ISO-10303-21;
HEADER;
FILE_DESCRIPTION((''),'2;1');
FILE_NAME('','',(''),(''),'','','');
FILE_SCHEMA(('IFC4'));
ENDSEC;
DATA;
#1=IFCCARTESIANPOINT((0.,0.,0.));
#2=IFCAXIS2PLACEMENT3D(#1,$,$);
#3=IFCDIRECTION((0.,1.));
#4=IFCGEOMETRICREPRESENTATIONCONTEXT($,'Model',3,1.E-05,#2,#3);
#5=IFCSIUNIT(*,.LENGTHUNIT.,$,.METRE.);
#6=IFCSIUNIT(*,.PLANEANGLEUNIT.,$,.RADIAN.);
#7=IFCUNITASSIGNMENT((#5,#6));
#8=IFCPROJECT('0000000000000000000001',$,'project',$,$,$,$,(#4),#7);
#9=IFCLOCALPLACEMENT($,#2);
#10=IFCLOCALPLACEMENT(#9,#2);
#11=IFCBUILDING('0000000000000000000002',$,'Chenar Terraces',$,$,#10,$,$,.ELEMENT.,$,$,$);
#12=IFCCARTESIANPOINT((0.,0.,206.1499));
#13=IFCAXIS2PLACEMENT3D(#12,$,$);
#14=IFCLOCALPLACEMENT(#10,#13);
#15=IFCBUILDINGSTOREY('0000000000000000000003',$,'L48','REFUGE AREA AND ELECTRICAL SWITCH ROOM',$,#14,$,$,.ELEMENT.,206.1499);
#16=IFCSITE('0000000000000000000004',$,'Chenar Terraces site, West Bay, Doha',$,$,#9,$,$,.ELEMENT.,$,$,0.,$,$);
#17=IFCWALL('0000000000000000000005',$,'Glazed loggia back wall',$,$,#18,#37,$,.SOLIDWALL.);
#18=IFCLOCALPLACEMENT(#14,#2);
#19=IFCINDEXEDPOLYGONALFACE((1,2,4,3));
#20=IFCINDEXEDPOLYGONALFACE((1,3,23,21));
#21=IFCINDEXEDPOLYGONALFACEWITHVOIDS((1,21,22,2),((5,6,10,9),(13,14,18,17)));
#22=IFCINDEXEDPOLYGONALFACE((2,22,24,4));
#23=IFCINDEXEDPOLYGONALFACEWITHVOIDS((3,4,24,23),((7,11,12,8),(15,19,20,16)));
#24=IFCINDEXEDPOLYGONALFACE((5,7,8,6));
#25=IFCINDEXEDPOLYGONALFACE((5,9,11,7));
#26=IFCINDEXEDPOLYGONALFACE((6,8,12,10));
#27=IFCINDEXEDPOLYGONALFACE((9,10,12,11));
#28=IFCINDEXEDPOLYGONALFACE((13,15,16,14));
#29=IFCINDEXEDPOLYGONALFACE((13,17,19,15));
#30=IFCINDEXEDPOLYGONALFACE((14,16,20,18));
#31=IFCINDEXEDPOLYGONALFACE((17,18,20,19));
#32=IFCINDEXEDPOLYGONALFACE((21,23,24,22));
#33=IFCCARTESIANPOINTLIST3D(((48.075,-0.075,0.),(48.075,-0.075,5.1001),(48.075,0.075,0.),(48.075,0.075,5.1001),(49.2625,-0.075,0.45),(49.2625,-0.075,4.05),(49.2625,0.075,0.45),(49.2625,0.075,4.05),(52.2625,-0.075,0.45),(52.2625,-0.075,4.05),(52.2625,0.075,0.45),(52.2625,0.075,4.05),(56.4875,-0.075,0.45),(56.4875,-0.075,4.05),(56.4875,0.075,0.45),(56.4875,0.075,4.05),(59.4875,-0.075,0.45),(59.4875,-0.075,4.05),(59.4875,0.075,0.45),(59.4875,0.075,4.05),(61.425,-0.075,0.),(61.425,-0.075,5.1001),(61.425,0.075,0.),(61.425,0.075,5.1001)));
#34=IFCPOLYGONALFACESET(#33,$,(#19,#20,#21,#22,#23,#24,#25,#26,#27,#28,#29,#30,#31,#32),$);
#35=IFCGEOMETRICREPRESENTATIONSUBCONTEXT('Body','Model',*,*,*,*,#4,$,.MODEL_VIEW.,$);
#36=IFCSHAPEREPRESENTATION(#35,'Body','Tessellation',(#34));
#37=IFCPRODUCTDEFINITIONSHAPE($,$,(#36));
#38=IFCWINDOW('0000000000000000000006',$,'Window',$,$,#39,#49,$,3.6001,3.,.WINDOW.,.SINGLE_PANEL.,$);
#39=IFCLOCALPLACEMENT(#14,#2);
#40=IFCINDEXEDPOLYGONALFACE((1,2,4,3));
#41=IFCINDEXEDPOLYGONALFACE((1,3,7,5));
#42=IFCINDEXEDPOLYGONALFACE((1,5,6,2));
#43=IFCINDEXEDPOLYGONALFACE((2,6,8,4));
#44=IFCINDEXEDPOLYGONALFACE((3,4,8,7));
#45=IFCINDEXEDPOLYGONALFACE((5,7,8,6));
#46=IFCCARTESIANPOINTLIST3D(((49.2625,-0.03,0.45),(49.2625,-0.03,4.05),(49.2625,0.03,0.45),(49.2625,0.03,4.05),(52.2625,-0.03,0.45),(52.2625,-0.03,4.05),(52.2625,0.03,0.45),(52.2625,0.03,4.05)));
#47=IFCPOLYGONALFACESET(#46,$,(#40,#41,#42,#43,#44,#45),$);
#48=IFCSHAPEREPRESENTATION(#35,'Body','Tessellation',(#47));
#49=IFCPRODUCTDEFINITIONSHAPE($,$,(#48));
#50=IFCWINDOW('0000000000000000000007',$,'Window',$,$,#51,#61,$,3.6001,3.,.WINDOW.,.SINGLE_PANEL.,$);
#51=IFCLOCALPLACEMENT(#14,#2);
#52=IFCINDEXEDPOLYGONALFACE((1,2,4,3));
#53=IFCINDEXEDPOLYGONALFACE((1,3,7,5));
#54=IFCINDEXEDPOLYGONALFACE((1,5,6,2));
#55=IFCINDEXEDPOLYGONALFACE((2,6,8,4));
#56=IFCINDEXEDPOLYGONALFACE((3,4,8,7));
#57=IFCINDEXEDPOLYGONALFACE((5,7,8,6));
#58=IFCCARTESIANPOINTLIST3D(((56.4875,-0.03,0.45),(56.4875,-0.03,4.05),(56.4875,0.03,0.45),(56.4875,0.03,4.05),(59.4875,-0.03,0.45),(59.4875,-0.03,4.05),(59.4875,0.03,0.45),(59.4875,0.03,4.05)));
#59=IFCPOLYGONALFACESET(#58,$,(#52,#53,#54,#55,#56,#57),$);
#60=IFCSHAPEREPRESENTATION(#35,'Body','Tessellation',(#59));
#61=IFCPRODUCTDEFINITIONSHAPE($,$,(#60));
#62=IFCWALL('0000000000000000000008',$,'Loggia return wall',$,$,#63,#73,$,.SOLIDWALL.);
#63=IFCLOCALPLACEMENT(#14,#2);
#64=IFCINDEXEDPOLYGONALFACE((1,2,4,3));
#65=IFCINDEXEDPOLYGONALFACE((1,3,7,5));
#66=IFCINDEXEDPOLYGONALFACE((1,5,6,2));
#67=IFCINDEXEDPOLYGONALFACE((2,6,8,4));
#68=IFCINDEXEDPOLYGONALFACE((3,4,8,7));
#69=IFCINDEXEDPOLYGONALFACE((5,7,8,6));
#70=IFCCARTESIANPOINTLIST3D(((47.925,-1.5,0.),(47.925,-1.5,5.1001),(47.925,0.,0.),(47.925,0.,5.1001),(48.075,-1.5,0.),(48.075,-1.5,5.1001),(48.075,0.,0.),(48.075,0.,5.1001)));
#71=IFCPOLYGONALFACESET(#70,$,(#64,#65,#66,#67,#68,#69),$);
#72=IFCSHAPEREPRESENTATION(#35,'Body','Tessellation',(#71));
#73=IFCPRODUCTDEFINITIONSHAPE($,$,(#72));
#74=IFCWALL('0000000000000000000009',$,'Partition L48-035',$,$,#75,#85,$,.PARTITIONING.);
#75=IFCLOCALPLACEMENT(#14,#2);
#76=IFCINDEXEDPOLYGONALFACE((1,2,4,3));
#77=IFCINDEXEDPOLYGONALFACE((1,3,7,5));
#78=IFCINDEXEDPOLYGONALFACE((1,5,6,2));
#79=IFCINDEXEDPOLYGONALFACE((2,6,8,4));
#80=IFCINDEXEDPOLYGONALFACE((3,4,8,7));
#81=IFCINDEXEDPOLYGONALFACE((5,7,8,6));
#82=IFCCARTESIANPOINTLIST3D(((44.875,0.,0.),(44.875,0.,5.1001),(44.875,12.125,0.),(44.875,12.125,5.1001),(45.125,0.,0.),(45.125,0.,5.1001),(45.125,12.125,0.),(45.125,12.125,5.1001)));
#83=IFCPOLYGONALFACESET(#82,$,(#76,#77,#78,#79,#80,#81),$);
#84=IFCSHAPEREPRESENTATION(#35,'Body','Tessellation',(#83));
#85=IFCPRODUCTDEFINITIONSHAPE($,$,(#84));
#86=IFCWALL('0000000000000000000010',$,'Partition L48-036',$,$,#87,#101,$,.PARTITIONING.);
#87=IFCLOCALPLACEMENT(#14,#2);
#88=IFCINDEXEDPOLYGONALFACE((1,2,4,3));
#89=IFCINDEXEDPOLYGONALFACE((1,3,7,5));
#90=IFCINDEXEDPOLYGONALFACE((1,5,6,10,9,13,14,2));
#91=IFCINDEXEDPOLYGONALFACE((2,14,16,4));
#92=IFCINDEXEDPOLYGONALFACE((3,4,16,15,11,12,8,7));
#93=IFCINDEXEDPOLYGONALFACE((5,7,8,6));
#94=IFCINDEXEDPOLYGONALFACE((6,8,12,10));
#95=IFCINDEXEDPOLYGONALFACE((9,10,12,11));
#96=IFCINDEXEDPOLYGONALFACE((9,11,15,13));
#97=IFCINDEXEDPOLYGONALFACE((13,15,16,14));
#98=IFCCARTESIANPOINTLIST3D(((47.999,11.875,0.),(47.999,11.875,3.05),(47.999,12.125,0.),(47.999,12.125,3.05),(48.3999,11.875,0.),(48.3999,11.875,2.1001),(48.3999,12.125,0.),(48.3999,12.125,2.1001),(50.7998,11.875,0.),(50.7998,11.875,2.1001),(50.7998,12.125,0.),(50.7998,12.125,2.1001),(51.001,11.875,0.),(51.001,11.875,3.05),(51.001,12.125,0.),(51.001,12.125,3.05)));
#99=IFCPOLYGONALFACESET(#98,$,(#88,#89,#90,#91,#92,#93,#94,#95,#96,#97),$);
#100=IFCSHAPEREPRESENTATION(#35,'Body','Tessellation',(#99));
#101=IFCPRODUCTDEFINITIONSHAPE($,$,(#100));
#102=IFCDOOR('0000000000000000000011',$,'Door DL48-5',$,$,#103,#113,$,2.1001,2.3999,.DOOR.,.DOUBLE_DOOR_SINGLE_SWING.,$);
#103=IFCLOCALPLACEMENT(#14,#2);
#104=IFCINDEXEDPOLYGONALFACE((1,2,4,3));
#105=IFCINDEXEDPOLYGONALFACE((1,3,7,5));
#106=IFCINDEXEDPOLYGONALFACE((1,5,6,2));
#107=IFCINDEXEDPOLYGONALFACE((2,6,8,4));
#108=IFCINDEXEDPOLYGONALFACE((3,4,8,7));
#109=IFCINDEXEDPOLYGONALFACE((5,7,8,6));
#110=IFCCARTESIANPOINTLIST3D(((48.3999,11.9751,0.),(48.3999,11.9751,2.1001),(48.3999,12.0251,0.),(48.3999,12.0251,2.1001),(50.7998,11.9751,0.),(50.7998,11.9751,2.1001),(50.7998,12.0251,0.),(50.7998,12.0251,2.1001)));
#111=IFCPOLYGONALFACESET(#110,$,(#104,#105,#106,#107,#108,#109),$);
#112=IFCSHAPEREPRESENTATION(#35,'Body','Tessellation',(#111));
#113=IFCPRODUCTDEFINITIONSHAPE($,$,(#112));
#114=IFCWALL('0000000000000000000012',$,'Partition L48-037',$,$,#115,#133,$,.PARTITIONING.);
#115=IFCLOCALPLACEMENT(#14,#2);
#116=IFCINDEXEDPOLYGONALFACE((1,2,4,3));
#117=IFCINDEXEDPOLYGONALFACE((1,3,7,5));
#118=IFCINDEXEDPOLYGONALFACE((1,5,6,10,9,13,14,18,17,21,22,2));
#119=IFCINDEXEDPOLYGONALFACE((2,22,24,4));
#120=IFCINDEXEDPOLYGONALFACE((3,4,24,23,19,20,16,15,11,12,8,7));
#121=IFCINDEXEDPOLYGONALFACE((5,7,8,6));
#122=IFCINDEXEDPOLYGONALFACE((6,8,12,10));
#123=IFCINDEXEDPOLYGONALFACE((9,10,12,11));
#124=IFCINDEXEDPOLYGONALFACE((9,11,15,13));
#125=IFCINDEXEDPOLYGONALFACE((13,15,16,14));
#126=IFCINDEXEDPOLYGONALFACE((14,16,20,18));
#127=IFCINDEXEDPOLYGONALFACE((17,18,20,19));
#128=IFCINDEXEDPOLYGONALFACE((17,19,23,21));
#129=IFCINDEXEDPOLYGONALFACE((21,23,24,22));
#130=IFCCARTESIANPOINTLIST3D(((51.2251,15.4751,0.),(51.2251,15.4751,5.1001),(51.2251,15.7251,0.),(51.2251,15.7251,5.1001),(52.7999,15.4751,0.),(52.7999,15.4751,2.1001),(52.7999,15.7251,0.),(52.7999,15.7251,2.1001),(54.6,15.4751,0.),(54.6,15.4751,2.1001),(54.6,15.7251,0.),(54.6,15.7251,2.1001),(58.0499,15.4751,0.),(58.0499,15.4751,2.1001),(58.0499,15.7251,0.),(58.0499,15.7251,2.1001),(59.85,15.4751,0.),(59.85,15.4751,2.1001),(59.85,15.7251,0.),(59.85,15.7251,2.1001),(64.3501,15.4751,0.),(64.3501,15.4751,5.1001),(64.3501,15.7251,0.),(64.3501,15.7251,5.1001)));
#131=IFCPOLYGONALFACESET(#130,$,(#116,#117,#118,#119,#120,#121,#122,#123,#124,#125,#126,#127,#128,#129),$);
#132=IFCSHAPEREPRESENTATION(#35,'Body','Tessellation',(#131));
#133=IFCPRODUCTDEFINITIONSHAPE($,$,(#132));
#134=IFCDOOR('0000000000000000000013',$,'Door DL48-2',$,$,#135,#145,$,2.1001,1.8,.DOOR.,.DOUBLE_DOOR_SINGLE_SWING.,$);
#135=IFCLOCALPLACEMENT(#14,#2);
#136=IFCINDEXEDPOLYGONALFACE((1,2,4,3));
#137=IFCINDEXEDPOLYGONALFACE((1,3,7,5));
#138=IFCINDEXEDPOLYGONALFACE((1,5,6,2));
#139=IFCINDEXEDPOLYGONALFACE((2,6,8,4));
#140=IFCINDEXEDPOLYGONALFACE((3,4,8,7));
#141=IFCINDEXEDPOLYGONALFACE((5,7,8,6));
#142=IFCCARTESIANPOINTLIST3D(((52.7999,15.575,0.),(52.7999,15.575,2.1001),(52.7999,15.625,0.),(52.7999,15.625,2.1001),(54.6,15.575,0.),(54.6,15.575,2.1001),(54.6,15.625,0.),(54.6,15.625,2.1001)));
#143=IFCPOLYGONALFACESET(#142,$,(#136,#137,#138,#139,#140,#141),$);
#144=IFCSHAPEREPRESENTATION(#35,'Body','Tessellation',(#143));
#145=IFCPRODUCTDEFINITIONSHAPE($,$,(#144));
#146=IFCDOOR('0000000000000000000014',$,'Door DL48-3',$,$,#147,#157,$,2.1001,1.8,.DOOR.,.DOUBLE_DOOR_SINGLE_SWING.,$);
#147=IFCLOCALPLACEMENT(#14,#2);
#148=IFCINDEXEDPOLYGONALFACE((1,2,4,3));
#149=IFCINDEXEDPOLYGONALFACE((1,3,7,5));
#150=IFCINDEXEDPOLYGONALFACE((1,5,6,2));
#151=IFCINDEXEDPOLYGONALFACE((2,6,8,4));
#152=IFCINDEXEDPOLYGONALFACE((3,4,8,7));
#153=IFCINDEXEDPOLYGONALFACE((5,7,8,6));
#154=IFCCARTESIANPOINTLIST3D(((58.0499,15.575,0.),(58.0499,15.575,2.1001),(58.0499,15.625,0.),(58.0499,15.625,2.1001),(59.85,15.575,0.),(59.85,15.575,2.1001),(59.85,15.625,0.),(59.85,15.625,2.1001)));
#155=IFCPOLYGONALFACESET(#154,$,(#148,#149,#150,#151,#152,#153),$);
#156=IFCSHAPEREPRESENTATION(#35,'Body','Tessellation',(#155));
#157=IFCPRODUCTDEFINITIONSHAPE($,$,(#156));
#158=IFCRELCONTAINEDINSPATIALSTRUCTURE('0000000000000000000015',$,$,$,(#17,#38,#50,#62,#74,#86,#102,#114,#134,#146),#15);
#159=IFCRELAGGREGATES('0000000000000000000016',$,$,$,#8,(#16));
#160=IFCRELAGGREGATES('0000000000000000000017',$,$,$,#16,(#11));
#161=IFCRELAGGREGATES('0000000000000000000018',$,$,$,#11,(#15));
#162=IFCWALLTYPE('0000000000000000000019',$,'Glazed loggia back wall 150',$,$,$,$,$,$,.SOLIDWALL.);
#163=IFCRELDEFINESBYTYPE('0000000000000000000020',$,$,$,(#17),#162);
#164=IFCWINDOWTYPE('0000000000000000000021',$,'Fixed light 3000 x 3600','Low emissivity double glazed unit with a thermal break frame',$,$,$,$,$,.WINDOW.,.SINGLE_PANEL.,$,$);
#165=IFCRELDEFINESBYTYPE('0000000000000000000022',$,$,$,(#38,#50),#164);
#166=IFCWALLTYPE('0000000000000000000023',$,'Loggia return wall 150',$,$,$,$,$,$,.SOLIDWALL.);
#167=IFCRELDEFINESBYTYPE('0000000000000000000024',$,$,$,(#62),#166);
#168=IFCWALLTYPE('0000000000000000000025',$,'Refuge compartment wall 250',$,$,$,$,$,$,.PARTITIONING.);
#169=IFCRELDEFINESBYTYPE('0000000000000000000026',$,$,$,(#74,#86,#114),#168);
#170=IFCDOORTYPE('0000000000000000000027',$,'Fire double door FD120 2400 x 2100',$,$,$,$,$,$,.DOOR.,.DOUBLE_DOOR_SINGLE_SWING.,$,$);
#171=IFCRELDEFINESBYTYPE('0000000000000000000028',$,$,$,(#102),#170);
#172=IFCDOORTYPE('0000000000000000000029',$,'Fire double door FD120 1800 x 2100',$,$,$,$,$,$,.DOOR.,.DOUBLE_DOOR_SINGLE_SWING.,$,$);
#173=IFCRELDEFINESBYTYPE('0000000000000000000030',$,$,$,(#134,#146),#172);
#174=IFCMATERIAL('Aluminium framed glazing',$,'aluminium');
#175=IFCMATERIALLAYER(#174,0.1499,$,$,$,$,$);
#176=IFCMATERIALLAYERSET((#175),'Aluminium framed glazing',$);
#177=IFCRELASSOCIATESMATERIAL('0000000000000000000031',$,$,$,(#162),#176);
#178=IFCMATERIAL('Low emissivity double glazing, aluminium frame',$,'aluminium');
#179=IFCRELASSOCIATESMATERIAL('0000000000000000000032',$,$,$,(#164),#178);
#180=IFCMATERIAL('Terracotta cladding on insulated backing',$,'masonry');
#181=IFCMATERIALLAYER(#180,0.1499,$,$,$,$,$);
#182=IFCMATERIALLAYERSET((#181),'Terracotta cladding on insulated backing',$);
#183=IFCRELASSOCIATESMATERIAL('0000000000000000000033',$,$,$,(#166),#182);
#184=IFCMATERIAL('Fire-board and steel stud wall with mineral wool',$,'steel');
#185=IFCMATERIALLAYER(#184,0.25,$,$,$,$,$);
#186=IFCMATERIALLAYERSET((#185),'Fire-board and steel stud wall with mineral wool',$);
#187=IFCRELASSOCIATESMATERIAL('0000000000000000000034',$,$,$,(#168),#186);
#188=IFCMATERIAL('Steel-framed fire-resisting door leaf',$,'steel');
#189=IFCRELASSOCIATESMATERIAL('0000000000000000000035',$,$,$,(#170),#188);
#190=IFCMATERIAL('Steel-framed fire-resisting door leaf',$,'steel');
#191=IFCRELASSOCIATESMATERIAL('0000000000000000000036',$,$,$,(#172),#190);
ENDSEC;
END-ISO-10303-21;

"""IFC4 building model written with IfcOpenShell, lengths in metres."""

from ifc_helpers import new_model, si_unit, direction, frame, frame_2d, origin, place, context, subcontext, project, spatial, rectangle, extrude, material, layer, layer_set, type_object, element, fill, save


model = new_model("IFC4")

# Units and contexts
model_context = context("Model", 3, precision=1e-05, world=origin(), true_north=direction((0.0, 1.0)))
body_context = subcontext(model_context, "Body", "Model", "MODEL_VIEW")
ifc_project = project(units=[si_unit("LENGTHUNIT", "METRE"), si_unit("PLANEANGLEUNIT", "RADIAN")], contexts=[model_context])

# Site, building, storey
site_placement = place(None, origin())
site = spatial("IfcSite", under=ifc_project, at=site_placement, Name="Chenar Terraces site, West Bay, Doha", CompositionType="ELEMENT", RefElevation=0.0)
building_placement = place(site_placement, origin())
building = spatial("IfcBuilding", under=site, at=building_placement, Name="Chenar Terraces", CompositionType="ELEMENT")
storey_placement = place(building_placement, frame((0.0, 0.0, 206.1499)))
storey = spatial("IfcBuildingStorey", under=building, at=storey_placement, Name="L48", Description="REFUGE AREA AND ELECTRICAL SWITCH ROOM", CompositionType="ELEMENT", Elevation=206.1499)

# Wall, openings, windows
ifc_material_1 = material(Name="Aluminium framed glazing", Category="aluminium")
ifc_layer_1 = layer(ifc_material_1, 0.1499)
ifc_layer_set_1 = layer_set([ifc_layer_1], Name="Aluminium framed glazing")
wall_type_1 = type_object("IfcWallType", Name="Glazed loggia back wall 150", PredefinedType="SOLIDWALL", material=ifc_layer_set_1)
wall_1_placement = place(storey_placement, frame((48.075, 0.0, 0.0), z_axis=(0.0, 0.0, 1.0), x_axis=(1.0, 0.0, 0.0)))
wall_1 = element("IfcWall", 1, at=wall_1_placement, inside=storey, type_object=wall_type_1, Name="Glazed loggia back wall", PredefinedType="SOLIDWALL", context=body_context, shape_type="SweptSolid", body=[
    extrude(rectangle(XDim=13.3501, YDim=0.1499, at=frame_2d((6.675, 0.0))), origin(), (0.0, 0.0, 1.0), 5.1001),
])
opening_1_placement = place(wall_1_placement, frame((1.1875, 0.0, 0.45)))
opening_1 = element("IfcOpeningElement", 2, at=opening_1_placement, cuts=wall_1, PredefinedType="OPENING", context=body_context, shape_type="SweptSolid", body=[
    extrude(rectangle(XDim=3.0, YDim=3.6001, at=frame_2d((1.5, 1.8))), frame((0.0, 0.085, 0.0), z_axis=(0.0, -1.0, 0.0), x_axis=(1.0, 0.0, 0.0)), (0.0, 0.0, 1.0), 0.1699),
])
opening_2_placement = place(wall_1_placement, frame((8.4126, 0.0, 0.45)))
opening_2 = element("IfcOpeningElement", 3, at=opening_2_placement, cuts=wall_1, PredefinedType="OPENING", context=body_context, shape_type="SweptSolid", body=[
    extrude(rectangle(XDim=3.0, YDim=3.6001, at=frame_2d((1.5, 1.8))), frame((0.0, 0.085, 0.0), z_axis=(0.0, -1.0, 0.0), x_axis=(1.0, 0.0, 0.0)), (0.0, 0.0, 1.0), 0.1699),
])
ifc_material_2 = material(Name="Low emissivity double glazing, aluminium frame", Category="aluminium")
window_type = type_object("IfcWindowType", Name="Fixed light 3000 x 3600", Description="Low emissivity double glazed unit with a thermal break frame", PartitioningType="SINGLE_PANEL", PredefinedType="WINDOW", material=ifc_material_2)
window_1_placement = place(opening_1_placement, origin())
window_1 = element("IfcWindow", 4, at=window_1_placement, inside=storey, type_object=window_type, Name="Window", OverallHeight=3.6001, OverallWidth=3.0, PartitioningType="SINGLE_PANEL", PredefinedType="WINDOW", context=body_context, shape_type="SweptSolid", body=[
    extrude(rectangle(XDim=3.0, YDim=3.6001, at=frame_2d((1.5, 1.8))), frame((0.0, 0.03, 0.0), z_axis=(0.0, -1.0, 0.0), x_axis=(1.0, 0.0, 0.0)), (0.0, 0.0, 1.0), 0.0601),
])
fill(opening_1, window_1)
window_2_placement = place(opening_2_placement, origin())
window_2 = element("IfcWindow", 5, at=window_2_placement, inside=storey, type_object=window_type, Name="Window", OverallHeight=3.6001, OverallWidth=3.0, PartitioningType="SINGLE_PANEL", PredefinedType="WINDOW", context=body_context, shape_type="SweptSolid", body=[
    extrude(rectangle(XDim=3.0, YDim=3.6001, at=frame_2d((1.5, 1.8))), frame((0.0, 0.03, 0.0), z_axis=(0.0, -1.0, 0.0), x_axis=(1.0, 0.0, 0.0)), (0.0, 0.0, 1.0), 0.0601),
])
fill(opening_2, window_2)

# Walls
ifc_material_3 = material(Name="Terracotta cladding on insulated backing", Category="masonry")
ifc_layer_2 = layer(ifc_material_3, 0.1499)
ifc_layer_set_2 = layer_set([ifc_layer_2], Name="Terracotta cladding on insulated backing")
wall_type_2 = type_object("IfcWallType", Name="Loggia return wall 150", PredefinedType="SOLIDWALL", material=ifc_layer_set_2)
wall_2_placement = place(storey_placement, frame((48.0, -1.5, 0.0), z_axis=(0.0, 0.0, 1.0), x_axis=(0.0, 1.0, 0.0)))
element("IfcWall", 6, at=wall_2_placement, inside=storey, type_object=wall_type_2, Name="Loggia return wall", PredefinedType="SOLIDWALL", context=body_context, shape_type="SweptSolid", body=[
    extrude(rectangle(XDim=1.5, YDim=0.1499, at=frame_2d((0.75, 0.0))), origin(), (0.0, 0.0, 1.0), 5.1001),
])
ifc_material_4 = material(Name="Fire-board and steel stud wall with mineral wool", Category="steel")
ifc_layer_3 = layer(ifc_material_4, 0.25)
ifc_layer_set_3 = layer_set([ifc_layer_3], Name="Fire-board and steel stud wall with mineral wool")
wall_type_3 = type_object("IfcWallType", Name="Refuge compartment wall 250", PredefinedType="PARTITIONING", material=ifc_layer_set_3)
wall_3_placement = place(storey_placement, frame((45.0, 0.0, 0.0), z_axis=(0.0, 0.0, 1.0), x_axis=(0.0, 1.0, 0.0)))
element("IfcWall", 7, at=wall_3_placement, inside=storey, type_object=wall_type_3, Name="Partition L48-035", PredefinedType="PARTITIONING", context=body_context, shape_type="SweptSolid", body=[
    extrude(rectangle(XDim=12.125, YDim=0.25, at=frame_2d((6.0625, 0.0))), origin(), (0.0, 0.0, 1.0), 5.1001),
])

# Wall, opening, door
wall_4_placement = place(storey_placement, frame((47.999, 12.0, 0.0), z_axis=(0.0, 0.0, 1.0), x_axis=(1.0, 0.0, 0.0)))
wall_4 = element("IfcWall", 8, at=wall_4_placement, inside=storey, type_object=wall_type_3, Name="Partition L48-036", PredefinedType="PARTITIONING", context=body_context, shape_type="SweptSolid", body=[
    extrude(rectangle(XDim=3.002, YDim=0.25, at=frame_2d((1.501, 0.0))), origin(), (0.0, 0.0, 1.0), 3.05),
])
opening_3_placement = place(wall_4_placement, frame((0.4009, 0.0, 0.0)))
opening_3 = element("IfcOpeningElement", 9, at=opening_3_placement, cuts=wall_4, PredefinedType="OPENING", context=body_context, shape_type="SweptSolid", body=[
    extrude(rectangle(XDim=2.3999, YDim=2.1001, at=frame_2d((1.2, 1.05))), frame((0.0, 0.135, 0.0), z_axis=(0.0, -1.0, 0.0), x_axis=(1.0, 0.0, 0.0)), (0.0, 0.0, 1.0), 0.27),
])
ifc_material_5 = material(Name="Steel-framed fire-resisting door leaf", Category="steel")
door_type_1 = type_object("IfcDoorType", Name="Fire double door FD120 2400 x 2100", OperationType="DOUBLE_DOOR_SINGLE_SWING", PredefinedType="DOOR", material=ifc_material_5)
door_1_placement = place(opening_3_placement, frame((2.3999, 0.0, 0.0), z_axis=(0.0, 0.0, 1.0), x_axis=(-1.0, 0.0, 0.0)))
door_1 = element("IfcDoor", 10, at=door_1_placement, inside=storey, type_object=door_type_1, Name="Door DL48-5", OperationType="DOUBLE_DOOR_SINGLE_SWING", OverallHeight=2.1001, OverallWidth=2.3999, PredefinedType="DOOR", context=body_context, shape_type="SweptSolid", body=[
    extrude(rectangle(XDim=2.3999, YDim=2.1001, at=frame_2d((1.2, 1.05))), frame((0.0, 0.0249, 0.0), z_axis=(0.0, -1.0, 0.0), x_axis=(1.0, 0.0, 0.0)), (0.0, 0.0, 1.0), 0.05),
])
fill(opening_3, door_1)

# Wall, openings, doors
wall_5_placement = place(storey_placement, frame((51.2251, 15.6001, 0.0), z_axis=(0.0, 0.0, 1.0), x_axis=(1.0, 0.0, 0.0)))
wall_5 = element("IfcWall", 11, at=wall_5_placement, inside=storey, type_object=wall_type_3, Name="Partition L48-037", PredefinedType="PARTITIONING", context=body_context, shape_type="SweptSolid", body=[
    extrude(rectangle(XDim=13.125, YDim=0.25, at=frame_2d((6.5625, 0.0))), origin(), (0.0, 0.0, 1.0), 5.1001),
])
opening_4_placement = place(wall_5_placement, frame((1.575, 0.0, 0.0)))
opening_4 = element("IfcOpeningElement", 12, at=opening_4_placement, cuts=wall_5, PredefinedType="OPENING", context=body_context, shape_type="SweptSolid", body=[
    extrude(rectangle(XDim=1.8, YDim=2.1001, at=frame_2d((0.8999, 1.05))), frame((0.0, 0.135, 0.0), z_axis=(0.0, -1.0, 0.0), x_axis=(1.0, 0.0, 0.0)), (0.0, 0.0, 1.0), 0.27),
])
opening_5_placement = place(wall_5_placement, frame((6.825, 0.0, 0.0)))
opening_5 = element("IfcOpeningElement", 13, at=opening_5_placement, cuts=wall_5, PredefinedType="OPENING", context=body_context, shape_type="SweptSolid", body=[
    extrude(rectangle(XDim=1.8, YDim=2.1001, at=frame_2d((0.8999, 1.05))), frame((0.0, 0.135, 0.0), z_axis=(0.0, -1.0, 0.0), x_axis=(1.0, 0.0, 0.0)), (0.0, 0.0, 1.0), 0.27),
])
ifc_material_6 = material(Name="Steel-framed fire-resisting door leaf", Category="steel")
door_type_2 = type_object("IfcDoorType", Name="Fire double door FD120 1800 x 2100", OperationType="DOUBLE_DOOR_SINGLE_SWING", PredefinedType="DOOR", material=ifc_material_6)
door_2_placement = place(opening_4_placement, origin())
door_2 = element("IfcDoor", 14, at=door_2_placement, inside=storey, type_object=door_type_2, Name="Door DL48-2", OperationType="DOUBLE_DOOR_SINGLE_SWING", OverallHeight=2.1001, OverallWidth=1.8, PredefinedType="DOOR", context=body_context, shape_type="SweptSolid", body=[
    extrude(rectangle(XDim=1.8, YDim=2.1001, at=frame_2d((0.8999, 1.05))), frame((0.0, 0.0249, 0.0), z_axis=(0.0, -1.0, 0.0), x_axis=(1.0, 0.0, 0.0)), (0.0, 0.0, 1.0), 0.05),
])
fill(opening_4, door_2)
door_3_placement = place(opening_5_placement, origin())
door_3 = element("IfcDoor", 15, at=door_3_placement, inside=storey, type_object=door_type_2, Name="Door DL48-3", OperationType="DOUBLE_DOOR_SINGLE_SWING", OverallHeight=2.1001, OverallWidth=1.8, PredefinedType="DOOR", context=body_context, shape_type="SweptSolid", body=[
    extrude(rectangle(XDim=1.8, YDim=2.1001, at=frame_2d((0.8999, 1.05))), frame((0.0, 0.0249, 0.0), z_axis=(0.0, -1.0, 0.0), x_axis=(1.0, 0.0, 0.0)), (0.0, 0.0, 1.0), 0.05),
])
fill(opening_5, door_3)

save(model, "model.ifc")
